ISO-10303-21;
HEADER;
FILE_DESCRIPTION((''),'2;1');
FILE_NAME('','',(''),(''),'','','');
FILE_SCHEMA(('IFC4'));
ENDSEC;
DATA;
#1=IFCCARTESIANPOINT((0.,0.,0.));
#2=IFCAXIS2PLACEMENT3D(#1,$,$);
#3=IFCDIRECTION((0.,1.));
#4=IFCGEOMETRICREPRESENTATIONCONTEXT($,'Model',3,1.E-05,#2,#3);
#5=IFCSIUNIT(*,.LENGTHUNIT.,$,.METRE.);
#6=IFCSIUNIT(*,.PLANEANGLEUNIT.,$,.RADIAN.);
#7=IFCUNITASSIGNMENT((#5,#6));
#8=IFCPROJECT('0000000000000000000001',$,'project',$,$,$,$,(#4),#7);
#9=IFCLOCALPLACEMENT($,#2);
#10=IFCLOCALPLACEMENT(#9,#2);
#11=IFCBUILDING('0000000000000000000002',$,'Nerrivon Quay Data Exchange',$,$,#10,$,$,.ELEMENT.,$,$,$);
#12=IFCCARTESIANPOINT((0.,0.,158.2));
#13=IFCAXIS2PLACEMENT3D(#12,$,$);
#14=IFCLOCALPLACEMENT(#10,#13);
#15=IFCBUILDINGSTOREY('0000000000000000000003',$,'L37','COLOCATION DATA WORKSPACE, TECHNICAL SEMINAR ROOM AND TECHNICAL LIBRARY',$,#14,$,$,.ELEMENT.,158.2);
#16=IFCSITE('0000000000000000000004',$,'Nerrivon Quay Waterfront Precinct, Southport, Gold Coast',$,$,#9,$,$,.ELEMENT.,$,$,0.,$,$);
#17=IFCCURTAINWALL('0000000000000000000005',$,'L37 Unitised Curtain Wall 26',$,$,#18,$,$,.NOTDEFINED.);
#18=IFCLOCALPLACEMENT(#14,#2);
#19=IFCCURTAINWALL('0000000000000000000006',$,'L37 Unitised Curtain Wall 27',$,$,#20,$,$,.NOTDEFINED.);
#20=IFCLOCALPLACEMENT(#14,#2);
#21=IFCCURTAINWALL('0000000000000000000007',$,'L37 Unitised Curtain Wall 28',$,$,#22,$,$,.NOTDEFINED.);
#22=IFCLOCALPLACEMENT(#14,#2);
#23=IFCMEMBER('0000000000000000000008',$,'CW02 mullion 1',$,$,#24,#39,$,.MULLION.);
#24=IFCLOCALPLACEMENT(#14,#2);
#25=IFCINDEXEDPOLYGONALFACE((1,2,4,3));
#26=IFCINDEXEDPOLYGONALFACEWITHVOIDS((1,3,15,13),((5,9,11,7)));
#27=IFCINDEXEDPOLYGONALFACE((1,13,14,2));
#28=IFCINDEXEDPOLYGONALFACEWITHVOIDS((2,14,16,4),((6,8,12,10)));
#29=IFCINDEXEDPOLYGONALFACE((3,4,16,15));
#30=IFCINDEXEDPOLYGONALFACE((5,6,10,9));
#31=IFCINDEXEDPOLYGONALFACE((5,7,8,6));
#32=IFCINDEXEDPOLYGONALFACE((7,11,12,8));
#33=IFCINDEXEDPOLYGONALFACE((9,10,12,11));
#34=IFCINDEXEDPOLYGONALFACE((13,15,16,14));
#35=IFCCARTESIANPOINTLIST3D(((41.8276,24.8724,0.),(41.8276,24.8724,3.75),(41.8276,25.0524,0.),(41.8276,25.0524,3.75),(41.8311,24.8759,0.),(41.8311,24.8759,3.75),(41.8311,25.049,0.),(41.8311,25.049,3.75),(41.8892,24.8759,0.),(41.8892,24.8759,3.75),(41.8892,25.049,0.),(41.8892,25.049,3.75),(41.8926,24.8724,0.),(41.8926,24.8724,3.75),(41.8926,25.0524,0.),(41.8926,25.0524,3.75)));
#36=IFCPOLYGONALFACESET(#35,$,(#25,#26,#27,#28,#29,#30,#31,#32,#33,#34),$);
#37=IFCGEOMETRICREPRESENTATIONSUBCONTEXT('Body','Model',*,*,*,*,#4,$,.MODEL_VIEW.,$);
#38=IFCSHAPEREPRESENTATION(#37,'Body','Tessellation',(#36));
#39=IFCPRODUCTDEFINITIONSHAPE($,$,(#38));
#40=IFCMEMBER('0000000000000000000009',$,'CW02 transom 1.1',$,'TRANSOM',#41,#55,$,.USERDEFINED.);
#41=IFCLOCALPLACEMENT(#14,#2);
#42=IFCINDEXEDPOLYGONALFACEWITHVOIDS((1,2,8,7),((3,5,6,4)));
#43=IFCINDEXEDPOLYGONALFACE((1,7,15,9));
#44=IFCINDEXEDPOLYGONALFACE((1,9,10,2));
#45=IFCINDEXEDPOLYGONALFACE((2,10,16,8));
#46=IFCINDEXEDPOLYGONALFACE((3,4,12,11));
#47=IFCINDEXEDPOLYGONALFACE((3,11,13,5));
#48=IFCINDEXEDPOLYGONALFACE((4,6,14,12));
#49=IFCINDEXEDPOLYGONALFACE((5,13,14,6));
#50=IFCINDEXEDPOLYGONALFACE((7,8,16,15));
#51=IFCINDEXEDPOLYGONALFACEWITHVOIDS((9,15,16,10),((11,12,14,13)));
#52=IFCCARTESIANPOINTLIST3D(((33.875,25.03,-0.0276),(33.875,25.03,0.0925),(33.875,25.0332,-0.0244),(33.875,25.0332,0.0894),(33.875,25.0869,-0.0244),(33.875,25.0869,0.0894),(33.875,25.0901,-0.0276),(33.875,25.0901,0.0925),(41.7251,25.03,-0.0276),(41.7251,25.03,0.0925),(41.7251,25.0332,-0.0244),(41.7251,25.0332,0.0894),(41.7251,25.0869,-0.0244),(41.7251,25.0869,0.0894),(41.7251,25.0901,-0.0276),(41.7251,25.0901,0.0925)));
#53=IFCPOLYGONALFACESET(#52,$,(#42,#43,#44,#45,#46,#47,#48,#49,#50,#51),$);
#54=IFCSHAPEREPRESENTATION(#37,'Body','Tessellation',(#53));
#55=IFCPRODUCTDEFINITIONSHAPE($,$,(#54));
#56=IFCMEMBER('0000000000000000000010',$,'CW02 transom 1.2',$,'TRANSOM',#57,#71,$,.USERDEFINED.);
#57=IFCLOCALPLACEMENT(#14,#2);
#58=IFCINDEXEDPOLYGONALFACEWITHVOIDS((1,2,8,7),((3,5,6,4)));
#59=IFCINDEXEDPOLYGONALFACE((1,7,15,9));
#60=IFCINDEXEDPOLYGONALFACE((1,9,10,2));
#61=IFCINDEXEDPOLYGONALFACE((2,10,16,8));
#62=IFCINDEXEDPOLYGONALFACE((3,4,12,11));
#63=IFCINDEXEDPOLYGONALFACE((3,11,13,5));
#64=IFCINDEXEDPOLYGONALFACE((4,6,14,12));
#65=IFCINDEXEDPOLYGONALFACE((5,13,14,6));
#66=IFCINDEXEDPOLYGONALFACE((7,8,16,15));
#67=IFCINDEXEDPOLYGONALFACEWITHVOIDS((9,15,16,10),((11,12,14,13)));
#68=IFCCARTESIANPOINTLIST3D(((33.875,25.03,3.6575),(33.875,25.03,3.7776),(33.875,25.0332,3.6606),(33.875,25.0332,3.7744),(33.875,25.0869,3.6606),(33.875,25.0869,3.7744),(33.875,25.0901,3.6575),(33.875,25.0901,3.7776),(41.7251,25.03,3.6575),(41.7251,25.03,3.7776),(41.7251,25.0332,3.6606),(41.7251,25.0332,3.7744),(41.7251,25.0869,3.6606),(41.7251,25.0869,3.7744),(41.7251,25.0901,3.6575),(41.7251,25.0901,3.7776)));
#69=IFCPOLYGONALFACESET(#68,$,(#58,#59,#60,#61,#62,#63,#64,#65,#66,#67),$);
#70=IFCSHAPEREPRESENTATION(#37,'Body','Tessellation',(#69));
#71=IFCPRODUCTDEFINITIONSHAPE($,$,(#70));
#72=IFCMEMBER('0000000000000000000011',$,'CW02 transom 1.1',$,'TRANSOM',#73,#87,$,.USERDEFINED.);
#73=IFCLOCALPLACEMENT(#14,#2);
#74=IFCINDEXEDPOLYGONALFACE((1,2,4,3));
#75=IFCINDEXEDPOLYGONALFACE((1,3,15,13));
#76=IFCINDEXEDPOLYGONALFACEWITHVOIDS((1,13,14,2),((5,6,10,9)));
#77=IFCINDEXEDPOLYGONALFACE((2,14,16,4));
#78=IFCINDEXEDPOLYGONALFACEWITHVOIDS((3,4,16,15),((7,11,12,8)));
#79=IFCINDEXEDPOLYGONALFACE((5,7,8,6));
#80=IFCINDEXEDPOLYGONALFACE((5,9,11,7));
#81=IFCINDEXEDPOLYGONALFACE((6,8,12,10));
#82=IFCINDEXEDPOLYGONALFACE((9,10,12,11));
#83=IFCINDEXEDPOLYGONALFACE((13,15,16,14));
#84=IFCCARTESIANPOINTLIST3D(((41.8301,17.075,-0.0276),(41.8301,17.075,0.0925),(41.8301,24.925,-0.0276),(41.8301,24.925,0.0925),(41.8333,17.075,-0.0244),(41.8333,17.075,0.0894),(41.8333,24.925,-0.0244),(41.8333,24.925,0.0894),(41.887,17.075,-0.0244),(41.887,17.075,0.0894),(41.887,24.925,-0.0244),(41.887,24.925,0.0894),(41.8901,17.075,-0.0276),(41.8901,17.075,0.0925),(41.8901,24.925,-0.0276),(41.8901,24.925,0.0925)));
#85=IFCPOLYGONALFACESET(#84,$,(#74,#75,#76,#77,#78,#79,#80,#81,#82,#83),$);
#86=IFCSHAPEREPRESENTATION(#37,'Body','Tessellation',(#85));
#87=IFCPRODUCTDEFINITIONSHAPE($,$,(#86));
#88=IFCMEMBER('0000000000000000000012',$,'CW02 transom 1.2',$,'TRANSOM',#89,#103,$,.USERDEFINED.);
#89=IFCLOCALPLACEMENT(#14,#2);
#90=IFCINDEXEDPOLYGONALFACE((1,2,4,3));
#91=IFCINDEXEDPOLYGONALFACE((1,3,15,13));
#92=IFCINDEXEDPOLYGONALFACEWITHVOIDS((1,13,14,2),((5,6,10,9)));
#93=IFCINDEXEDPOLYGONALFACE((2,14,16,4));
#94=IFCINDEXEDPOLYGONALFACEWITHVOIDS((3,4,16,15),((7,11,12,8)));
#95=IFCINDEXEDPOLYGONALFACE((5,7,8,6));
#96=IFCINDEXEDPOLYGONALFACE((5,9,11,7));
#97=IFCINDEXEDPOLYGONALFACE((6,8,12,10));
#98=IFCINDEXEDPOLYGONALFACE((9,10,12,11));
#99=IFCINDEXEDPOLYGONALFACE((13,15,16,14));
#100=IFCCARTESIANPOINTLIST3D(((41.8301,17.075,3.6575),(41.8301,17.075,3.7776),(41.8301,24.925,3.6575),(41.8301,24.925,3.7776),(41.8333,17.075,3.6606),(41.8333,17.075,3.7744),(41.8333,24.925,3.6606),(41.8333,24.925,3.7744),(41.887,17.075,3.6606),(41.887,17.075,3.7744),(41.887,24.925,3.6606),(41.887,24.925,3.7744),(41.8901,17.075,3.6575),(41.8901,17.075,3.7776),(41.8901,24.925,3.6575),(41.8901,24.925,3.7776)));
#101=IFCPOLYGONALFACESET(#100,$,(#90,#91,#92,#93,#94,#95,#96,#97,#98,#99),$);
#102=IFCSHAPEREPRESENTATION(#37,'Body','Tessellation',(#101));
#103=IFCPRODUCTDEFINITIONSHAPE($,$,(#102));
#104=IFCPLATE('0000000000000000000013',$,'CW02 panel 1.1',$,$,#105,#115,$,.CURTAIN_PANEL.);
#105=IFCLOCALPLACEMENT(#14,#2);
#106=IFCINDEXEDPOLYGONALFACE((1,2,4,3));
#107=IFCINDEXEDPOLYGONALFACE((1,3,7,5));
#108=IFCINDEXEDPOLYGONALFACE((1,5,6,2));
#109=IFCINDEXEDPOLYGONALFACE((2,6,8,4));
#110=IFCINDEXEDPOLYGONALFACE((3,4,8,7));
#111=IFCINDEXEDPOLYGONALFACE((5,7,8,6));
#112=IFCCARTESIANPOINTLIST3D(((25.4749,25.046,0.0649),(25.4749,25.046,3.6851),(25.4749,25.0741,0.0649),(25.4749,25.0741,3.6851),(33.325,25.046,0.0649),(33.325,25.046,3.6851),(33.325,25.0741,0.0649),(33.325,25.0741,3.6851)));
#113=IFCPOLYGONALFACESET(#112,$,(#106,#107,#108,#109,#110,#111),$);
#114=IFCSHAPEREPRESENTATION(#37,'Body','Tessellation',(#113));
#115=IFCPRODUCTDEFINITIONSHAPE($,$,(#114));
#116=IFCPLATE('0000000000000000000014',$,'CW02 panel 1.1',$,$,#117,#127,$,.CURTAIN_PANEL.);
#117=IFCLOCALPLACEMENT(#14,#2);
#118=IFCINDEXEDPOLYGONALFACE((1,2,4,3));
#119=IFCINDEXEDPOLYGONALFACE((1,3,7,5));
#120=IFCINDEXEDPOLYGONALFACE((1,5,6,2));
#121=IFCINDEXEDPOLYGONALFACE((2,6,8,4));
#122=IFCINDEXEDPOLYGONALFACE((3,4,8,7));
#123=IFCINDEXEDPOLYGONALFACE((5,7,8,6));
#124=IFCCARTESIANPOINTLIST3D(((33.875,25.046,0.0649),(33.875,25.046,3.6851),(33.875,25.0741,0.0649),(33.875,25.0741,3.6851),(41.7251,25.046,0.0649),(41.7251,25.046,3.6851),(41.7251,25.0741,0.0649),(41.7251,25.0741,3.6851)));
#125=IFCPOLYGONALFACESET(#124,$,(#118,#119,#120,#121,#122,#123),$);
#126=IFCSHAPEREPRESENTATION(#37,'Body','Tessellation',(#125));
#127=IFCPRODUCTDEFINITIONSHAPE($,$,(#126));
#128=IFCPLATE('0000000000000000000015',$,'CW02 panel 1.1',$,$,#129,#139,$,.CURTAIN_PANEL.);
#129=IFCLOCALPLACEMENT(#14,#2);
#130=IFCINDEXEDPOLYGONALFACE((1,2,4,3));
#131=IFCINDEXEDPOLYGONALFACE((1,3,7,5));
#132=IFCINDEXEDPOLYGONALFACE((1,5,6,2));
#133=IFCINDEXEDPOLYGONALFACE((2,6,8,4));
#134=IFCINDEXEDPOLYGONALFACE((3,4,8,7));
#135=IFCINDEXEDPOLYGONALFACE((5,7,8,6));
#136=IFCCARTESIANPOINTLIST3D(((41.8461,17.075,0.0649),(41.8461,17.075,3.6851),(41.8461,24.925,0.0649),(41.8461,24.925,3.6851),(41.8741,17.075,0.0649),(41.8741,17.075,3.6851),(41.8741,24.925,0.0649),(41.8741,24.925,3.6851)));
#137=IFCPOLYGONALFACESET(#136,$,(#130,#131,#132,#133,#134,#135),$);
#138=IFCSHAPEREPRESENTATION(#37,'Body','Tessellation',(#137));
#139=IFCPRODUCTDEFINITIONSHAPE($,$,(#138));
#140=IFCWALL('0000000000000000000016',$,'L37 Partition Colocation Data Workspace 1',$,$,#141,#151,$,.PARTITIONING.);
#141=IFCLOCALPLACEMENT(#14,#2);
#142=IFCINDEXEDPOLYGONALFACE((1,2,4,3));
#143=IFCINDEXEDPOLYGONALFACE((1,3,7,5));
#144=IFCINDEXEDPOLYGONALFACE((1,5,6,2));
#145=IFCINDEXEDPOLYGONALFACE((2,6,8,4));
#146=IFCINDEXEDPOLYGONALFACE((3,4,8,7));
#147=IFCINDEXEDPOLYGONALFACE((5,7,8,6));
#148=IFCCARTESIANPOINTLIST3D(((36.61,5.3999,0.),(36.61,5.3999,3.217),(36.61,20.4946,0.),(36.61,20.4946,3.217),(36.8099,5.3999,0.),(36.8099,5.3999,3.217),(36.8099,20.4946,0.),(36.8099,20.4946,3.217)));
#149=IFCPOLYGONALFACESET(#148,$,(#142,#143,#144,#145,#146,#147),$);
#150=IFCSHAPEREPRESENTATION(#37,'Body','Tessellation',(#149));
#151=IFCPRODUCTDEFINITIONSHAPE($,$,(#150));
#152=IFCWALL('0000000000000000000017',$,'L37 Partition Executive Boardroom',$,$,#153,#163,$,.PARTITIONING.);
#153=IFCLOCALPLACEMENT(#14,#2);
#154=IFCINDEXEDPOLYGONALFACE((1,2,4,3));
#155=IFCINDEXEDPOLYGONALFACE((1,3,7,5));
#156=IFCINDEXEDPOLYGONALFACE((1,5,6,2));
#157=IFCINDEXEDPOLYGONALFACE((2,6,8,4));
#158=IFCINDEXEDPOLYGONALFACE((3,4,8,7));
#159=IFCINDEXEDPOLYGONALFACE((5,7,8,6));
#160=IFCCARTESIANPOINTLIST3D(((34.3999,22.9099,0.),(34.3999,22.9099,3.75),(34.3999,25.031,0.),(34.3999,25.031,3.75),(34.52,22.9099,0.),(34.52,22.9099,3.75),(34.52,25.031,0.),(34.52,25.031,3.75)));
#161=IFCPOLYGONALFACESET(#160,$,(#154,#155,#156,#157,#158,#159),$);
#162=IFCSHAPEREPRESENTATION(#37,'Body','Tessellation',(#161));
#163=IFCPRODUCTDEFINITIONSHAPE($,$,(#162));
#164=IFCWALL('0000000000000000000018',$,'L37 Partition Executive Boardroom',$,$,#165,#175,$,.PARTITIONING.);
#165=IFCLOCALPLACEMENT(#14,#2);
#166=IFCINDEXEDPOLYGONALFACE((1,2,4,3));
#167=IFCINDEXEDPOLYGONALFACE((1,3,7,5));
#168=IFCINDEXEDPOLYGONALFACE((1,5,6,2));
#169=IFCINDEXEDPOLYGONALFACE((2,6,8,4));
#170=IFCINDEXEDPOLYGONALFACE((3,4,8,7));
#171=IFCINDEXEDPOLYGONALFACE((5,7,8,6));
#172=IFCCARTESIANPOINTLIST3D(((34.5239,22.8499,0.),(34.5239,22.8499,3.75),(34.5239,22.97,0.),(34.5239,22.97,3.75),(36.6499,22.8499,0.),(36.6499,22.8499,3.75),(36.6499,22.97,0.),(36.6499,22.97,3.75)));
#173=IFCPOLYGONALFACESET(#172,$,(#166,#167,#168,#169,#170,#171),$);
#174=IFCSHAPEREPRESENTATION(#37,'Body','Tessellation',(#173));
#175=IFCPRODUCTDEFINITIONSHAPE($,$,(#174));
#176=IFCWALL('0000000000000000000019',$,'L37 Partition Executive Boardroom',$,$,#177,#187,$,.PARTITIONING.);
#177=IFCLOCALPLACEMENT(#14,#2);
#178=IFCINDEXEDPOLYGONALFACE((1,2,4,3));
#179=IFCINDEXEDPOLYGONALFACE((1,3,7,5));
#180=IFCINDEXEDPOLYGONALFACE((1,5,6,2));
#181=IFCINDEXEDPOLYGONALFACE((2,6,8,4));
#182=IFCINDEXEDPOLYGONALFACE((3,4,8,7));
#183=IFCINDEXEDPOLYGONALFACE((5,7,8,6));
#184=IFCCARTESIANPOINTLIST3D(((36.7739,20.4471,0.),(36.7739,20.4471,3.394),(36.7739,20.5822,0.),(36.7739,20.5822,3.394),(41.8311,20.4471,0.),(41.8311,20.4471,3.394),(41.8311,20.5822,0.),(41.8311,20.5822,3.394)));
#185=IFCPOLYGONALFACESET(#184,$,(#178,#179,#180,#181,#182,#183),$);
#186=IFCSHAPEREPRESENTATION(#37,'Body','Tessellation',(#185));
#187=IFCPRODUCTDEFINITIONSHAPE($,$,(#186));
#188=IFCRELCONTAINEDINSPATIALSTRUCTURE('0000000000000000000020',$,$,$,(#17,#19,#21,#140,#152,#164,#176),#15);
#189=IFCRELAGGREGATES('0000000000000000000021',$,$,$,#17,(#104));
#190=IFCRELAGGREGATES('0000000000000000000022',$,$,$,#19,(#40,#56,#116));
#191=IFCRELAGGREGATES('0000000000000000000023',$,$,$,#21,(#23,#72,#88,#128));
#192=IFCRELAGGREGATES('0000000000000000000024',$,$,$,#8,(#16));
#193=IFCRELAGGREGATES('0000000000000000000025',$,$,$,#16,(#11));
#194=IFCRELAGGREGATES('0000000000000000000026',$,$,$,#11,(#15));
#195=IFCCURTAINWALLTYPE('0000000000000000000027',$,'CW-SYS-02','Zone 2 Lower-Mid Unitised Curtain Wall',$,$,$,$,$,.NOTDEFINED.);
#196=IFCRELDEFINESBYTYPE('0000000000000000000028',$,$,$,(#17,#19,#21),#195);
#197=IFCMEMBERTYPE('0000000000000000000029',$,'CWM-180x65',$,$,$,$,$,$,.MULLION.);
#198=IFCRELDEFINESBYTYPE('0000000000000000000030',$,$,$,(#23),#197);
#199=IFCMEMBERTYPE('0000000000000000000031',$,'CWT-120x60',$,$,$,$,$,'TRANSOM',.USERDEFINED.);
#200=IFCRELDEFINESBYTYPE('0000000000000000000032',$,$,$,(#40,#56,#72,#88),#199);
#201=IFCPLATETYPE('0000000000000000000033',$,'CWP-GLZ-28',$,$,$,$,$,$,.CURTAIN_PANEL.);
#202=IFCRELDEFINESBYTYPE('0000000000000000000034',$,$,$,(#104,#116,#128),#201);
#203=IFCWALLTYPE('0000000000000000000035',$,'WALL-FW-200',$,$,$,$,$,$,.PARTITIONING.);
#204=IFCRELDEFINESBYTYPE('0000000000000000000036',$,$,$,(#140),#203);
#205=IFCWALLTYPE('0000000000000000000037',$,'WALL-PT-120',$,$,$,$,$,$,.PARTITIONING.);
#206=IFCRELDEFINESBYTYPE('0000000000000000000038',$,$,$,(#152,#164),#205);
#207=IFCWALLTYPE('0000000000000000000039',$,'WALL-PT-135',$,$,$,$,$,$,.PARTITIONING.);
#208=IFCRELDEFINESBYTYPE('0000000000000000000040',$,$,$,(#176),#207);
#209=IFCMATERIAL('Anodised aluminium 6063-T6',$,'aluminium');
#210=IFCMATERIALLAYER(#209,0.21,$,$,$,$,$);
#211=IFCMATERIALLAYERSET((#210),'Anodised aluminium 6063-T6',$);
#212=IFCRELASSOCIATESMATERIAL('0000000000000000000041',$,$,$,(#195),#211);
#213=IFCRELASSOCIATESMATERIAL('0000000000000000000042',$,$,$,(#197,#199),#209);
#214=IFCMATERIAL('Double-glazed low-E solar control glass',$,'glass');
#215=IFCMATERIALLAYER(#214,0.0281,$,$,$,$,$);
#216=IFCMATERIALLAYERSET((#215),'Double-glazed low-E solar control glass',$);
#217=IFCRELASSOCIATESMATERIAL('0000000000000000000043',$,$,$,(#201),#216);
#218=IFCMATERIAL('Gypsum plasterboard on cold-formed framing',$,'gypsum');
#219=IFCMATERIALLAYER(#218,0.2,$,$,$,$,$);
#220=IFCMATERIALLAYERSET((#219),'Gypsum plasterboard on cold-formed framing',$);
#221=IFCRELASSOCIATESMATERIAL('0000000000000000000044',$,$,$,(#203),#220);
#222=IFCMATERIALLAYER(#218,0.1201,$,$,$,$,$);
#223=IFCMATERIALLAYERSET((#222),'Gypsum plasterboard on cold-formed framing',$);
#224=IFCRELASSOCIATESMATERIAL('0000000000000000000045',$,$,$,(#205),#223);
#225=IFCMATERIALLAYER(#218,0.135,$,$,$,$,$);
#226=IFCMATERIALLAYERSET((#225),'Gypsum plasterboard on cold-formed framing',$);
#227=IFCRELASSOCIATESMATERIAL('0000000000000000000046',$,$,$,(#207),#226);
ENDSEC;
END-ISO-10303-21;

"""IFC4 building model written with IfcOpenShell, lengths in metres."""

from ifc_helpers import new_model, si_unit, direction, frame, frame_2d, origin, origin_2d, place, context, subcontext, project, spatial, rectangle, hollow_rectangle, extrude, material, layer, layer_set, material_profile, profile_set, type_object, element, aggregate, save


model = new_model("IFC4")

# Units and contexts
model_context = context("Model", 3, precision=1e-05, world=origin(), true_north=direction((0.0, 1.0)))
body_context = subcontext(model_context, "Body", "Model", "MODEL_VIEW")
ifc_project = project(units=[si_unit("LENGTHUNIT", "METRE"), si_unit("PLANEANGLEUNIT", "RADIAN")], contexts=[model_context])

# Site, building, storey
site_placement = place(None, origin())
site = spatial("IfcSite", under=ifc_project, at=site_placement, Name="Nerrivon Quay Waterfront Precinct, Southport, Gold Coast", CompositionType="ELEMENT", RefElevation=0.0)
building_placement = place(site_placement, origin())
building = spatial("IfcBuilding", under=site, at=building_placement, Name="Nerrivon Quay Data Exchange", CompositionType="ELEMENT")
storey_placement = place(building_placement, frame((0.0, 0.0, 158.2)))
storey = spatial("IfcBuildingStorey", under=building, at=storey_placement, Name="L37", Description="COLOCATION DATA WORKSPACE, TECHNICAL SEMINAR ROOM AND TECHNICAL LIBRARY", CompositionType="ELEMENT", Elevation=158.2)

# Curtain wall
ifc_material_1 = material(Name="Anodised aluminium 6063-T6", Category="aluminium")
ifc_layer_1 = layer(ifc_material_1, 0.21)
ifc_layer_set_1 = layer_set([ifc_layer_1], Name="Anodised aluminium 6063-T6")
curtain_wall_type = type_object("IfcCurtainWallType", Name="CW-SYS-02", Description="Zone 2 Lower-Mid Unitised Curtain Wall", PredefinedType="NOTDEFINED", material=ifc_layer_set_1)
curtain_wall_1_placement = place(storey_placement, origin())
curtain_wall_1 = element("IfcCurtainWall", 1, at=curtain_wall_1_placement, inside=storey, type_object=curtain_wall_type, Name="L37 Unitised Curtain Wall 26", PredefinedType="NOTDEFINED")
ifc_material_profile_1 = material_profile(ifc_material_1, hollow_rectangle(XDim=0.0649, YDim=0.1799, WallThickness=0.0034, at=origin_2d()), Name="ALU-MULL-180x65")
ifc_profile_set_1 = profile_set([ifc_material_profile_1], Name="Anodised aluminium 6063-T6")
member_type_1 = type_object("IfcMemberType", Name="CWM-180x65", PredefinedType="MULLION", material=ifc_profile_set_1)

# Curtain wall
curtain_wall_2_placement = place(storey_placement, origin())
curtain_wall_2 = element("IfcCurtainWall", 2, at=curtain_wall_2_placement, inside=storey, type_object=curtain_wall_type, Name="L37 Unitised Curtain Wall 27", PredefinedType="NOTDEFINED")

# Curtain wall, member
curtain_wall_3_placement = place(storey_placement, origin())
curtain_wall_3 = element("IfcCurtainWall", 3, at=curtain_wall_3_placement, inside=storey, type_object=curtain_wall_type, Name="L37 Unitised Curtain Wall 28", PredefinedType="NOTDEFINED")
member_1_placement = place(storey_placement, frame((41.8601, 24.9624, 0.0), z_axis=(0.0, 0.0, 1.0), x_axis=(1.0, 0.0, 0.0)))
member_1 = element("IfcMember", 4, at=member_1_placement, type_object=member_type_1, Name="CW02 mullion 1", PredefinedType="MULLION", context=body_context, shape_type="SweptSolid", body=[
    extrude(hollow_rectangle(XDim=0.0649, YDim=0.1799, WallThickness=0.0034, at=origin_2d()), origin(), (0.0, 0.0, 1.0), 3.75),
])

# Members
ifc_material_profile_2 = material_profile(ifc_material_1, hollow_rectangle(XDim=0.0601, YDim=0.1201, WallThickness=0.0032, at=origin_2d()), Name="ALU-TRAN-120x60")
ifc_profile_set_2 = profile_set([ifc_material_profile_2], Name="Anodised aluminium 6063-T6")
member_type_2 = type_object("IfcMemberType", Name="CWT-120x60", ElementType="TRANSOM", PredefinedType="USERDEFINED", material=ifc_profile_set_2)
member_2_placement = place(storey_placement, frame((33.875, 25.0601, 0.0325), z_axis=(1.0, 0.0, 0.0), x_axis=(0.0, 1.0, 0.0)))
member_2 = element("IfcMember", 5, at=member_2_placement, type_object=member_type_2, Name="CW02 transom 1.1", ObjectType="TRANSOM", PredefinedType="USERDEFINED", context=body_context, shape_type="SweptSolid", body=[
    extrude(hollow_rectangle(XDim=0.0601, YDim=0.1201, WallThickness=0.0032, at=origin_2d()), origin(), (0.0, 0.0, 1.0), 7.8501),
])
member_3_placement = place(storey_placement, frame((33.875, 25.0601, 3.7175), z_axis=(1.0, 0.0, 0.0), x_axis=(0.0, 1.0, 0.0)))
member_3 = element("IfcMember", 6, at=member_3_placement, type_object=member_type_2, Name="CW02 transom 1.2", ObjectType="TRANSOM", PredefinedType="USERDEFINED", context=body_context, shape_type="SweptSolid", body=[
    extrude(hollow_rectangle(XDim=0.0601, YDim=0.1201, WallThickness=0.0032, at=origin_2d()), origin(), (0.0, 0.0, 1.0), 7.8501),
])
member_4_placement = place(storey_placement, frame((41.8601, 24.925, 0.0325), z_axis=(0.0, -1.0, 0.0), x_axis=(1.0, 0.0, 0.0)))
member_4 = element("IfcMember", 7, at=member_4_placement, type_object=member_type_2, Name="CW02 transom 1.1", ObjectType="TRANSOM", PredefinedType="USERDEFINED", context=body_context, shape_type="SweptSolid", body=[
    extrude(hollow_rectangle(XDim=0.0601, YDim=0.1201, WallThickness=0.0032, at=origin_2d()), origin(), (0.0, 0.0, 1.0), 7.8501),
])
member_5_placement = place(storey_placement, frame((41.8601, 24.925, 3.7175), z_axis=(0.0, -1.0, 0.0), x_axis=(1.0, 0.0, 0.0)))
member_5 = element("IfcMember", 8, at=member_5_placement, type_object=member_type_2, Name="CW02 transom 1.2", ObjectType="TRANSOM", PredefinedType="USERDEFINED", context=body_context, shape_type="SweptSolid", body=[
    extrude(hollow_rectangle(XDim=0.0601, YDim=0.1201, WallThickness=0.0032, at=origin_2d()), origin(), (0.0, 0.0, 1.0), 7.8501),
])

# Plates
ifc_material_2 = material(Name="Double-glazed low-E solar control glass", Category="glass")
ifc_layer_2 = layer(ifc_material_2, 0.0281)
ifc_layer_set_2 = layer_set([ifc_layer_2], Name="Double-glazed low-E solar control glass")
plate_type = type_object("IfcPlateType", Name="CWP-GLZ-28", PredefinedType="CURTAIN_PANEL", material=ifc_layer_set_2)
plate_1_placement = place(storey_placement, frame((29.3999, 25.0601, 0.0649), z_axis=(0.0, 0.0, 1.0), x_axis=(1.0, 0.0, 0.0)))
plate_1 = element("IfcPlate", 9, at=plate_1_placement, type_object=plate_type, Name="CW02 panel 1.1", PredefinedType="CURTAIN_PANEL", context=body_context, shape_type="SweptSolid", body=[
    extrude(rectangle(XDim=7.8501, YDim=0.0281, at=origin_2d()), origin(), (0.0, 0.0, 1.0), 3.6201),
])
aggregate(curtain_wall_1, [plate_1])
plate_2_placement = place(storey_placement, frame((37.8, 25.0601, 0.0649), z_axis=(0.0, 0.0, 1.0), x_axis=(1.0, 0.0, 0.0)))
plate_2 = element("IfcPlate", 10, at=plate_2_placement, type_object=plate_type, Name="CW02 panel 1.1", PredefinedType="CURTAIN_PANEL", context=body_context, shape_type="SweptSolid", body=[
    extrude(rectangle(XDim=7.8501, YDim=0.0281, at=origin_2d()), origin(), (0.0, 0.0, 1.0), 3.6201),
])
aggregate(curtain_wall_2, [member_2, member_3, plate_2])
plate_3_placement = place(storey_placement, frame((41.8601, 21.0, 0.0649), z_axis=(0.0, 0.0, 1.0), x_axis=(0.0, -1.0, 0.0)))
plate_3 = element("IfcPlate", 11, at=plate_3_placement, type_object=plate_type, Name="CW02 panel 1.1", PredefinedType="CURTAIN_PANEL", context=body_context, shape_type="SweptSolid", body=[
    extrude(rectangle(XDim=7.8501, YDim=0.0281, at=origin_2d()), origin(), (0.0, 0.0, 1.0), 3.6201),
])
aggregate(curtain_wall_3, [member_1, member_4, member_5, plate_3])

# Wall
ifc_material_3 = material(Name="Gypsum plasterboard on cold-formed framing", Category="gypsum")
ifc_layer_3 = layer(ifc_material_3, 0.2)
ifc_layer_set_3 = layer_set([ifc_layer_3], Name="Gypsum plasterboard on cold-formed framing")
wall_type_1 = type_object("IfcWallType", Name="WALL-FW-200", PredefinedType="PARTITIONING", material=ifc_layer_set_3)
wall_1_placement = place(storey_placement, frame((36.71, 20.4946, 0.0), z_axis=(0.0, 0.0, 1.0), x_axis=(0.0, -1.0, 0.0)))
element("IfcWall", 12, at=wall_1_placement, inside=storey, type_object=wall_type_1, Name="L37 Partition Colocation Data Workspace 1", PredefinedType="PARTITIONING", context=body_context, shape_type="SweptSolid", body=[
    extrude(rectangle(XDim=15.0947, YDim=0.2, at=frame_2d((7.5474, 0.0))), origin(), (0.0, 0.0, 1.0), 3.217),
])

# Shared definitions
ifc_layer_4 = layer(ifc_material_3, 0.1201)
ifc_layer_set_4 = layer_set([ifc_layer_4], Name="Gypsum plasterboard on cold-formed framing")
wall_type_2 = type_object("IfcWallType", Name="WALL-PT-120", PredefinedType="PARTITIONING", material=ifc_layer_set_4)

# Walls
wall_2_placement = place(storey_placement, frame((34.46, 25.031, 0.0), z_axis=(0.0, 0.0, 1.0), x_axis=(0.0, -1.0, 0.0)))
element("IfcWall", 13, at=wall_2_placement, inside=storey, type_object=wall_type_2, Name="L37 Partition Executive Boardroom", PredefinedType="PARTITIONING", context=body_context, shape_type="SweptSolid", body=[
    extrude(rectangle(XDim=2.1211, YDim=0.1201, at=frame_2d((1.0605, 0.0))), origin(), (0.0, 0.0, 1.0), 3.75),
])
wall_3_placement = place(storey_placement, frame((34.5239, 22.9099, 0.0), z_axis=(0.0, 0.0, 1.0), x_axis=(1.0, 0.0, 0.0)))
element("IfcWall", 14, at=wall_3_placement, inside=storey, type_object=wall_type_2, Name="L37 Partition Executive Boardroom", PredefinedType="PARTITIONING", context=body_context, shape_type="SweptSolid", body=[
    extrude(rectangle(XDim=2.126, YDim=0.1201, at=frame_2d((1.063, 0.0))), origin(), (0.0, 0.0, 1.0), 3.75),
])
ifc_layer_5 = layer(ifc_material_3, 0.135)
ifc_layer_set_5 = layer_set([ifc_layer_5], Name="Gypsum plasterboard on cold-formed framing")
wall_type_3 = type_object("IfcWallType", Name="WALL-PT-135", PredefinedType="PARTITIONING", material=ifc_layer_set_5)
wall_4_placement = place(storey_placement, frame((36.7739, 20.5146, 0.0), z_axis=(0.0, 0.0, 1.0), x_axis=(1.0, 0.0, 0.0)))
element("IfcWall", 15, at=wall_4_placement, inside=storey, type_object=wall_type_3, Name="L37 Partition Executive Boardroom", PredefinedType="PARTITIONING", context=body_context, shape_type="SweptSolid", body=[
    extrude(rectangle(XDim=5.0571, YDim=0.135, at=frame_2d((2.5286, 0.0))), origin(), (0.0, 0.0, 1.0), 3.394),
])

save(model, "model.ifc")
